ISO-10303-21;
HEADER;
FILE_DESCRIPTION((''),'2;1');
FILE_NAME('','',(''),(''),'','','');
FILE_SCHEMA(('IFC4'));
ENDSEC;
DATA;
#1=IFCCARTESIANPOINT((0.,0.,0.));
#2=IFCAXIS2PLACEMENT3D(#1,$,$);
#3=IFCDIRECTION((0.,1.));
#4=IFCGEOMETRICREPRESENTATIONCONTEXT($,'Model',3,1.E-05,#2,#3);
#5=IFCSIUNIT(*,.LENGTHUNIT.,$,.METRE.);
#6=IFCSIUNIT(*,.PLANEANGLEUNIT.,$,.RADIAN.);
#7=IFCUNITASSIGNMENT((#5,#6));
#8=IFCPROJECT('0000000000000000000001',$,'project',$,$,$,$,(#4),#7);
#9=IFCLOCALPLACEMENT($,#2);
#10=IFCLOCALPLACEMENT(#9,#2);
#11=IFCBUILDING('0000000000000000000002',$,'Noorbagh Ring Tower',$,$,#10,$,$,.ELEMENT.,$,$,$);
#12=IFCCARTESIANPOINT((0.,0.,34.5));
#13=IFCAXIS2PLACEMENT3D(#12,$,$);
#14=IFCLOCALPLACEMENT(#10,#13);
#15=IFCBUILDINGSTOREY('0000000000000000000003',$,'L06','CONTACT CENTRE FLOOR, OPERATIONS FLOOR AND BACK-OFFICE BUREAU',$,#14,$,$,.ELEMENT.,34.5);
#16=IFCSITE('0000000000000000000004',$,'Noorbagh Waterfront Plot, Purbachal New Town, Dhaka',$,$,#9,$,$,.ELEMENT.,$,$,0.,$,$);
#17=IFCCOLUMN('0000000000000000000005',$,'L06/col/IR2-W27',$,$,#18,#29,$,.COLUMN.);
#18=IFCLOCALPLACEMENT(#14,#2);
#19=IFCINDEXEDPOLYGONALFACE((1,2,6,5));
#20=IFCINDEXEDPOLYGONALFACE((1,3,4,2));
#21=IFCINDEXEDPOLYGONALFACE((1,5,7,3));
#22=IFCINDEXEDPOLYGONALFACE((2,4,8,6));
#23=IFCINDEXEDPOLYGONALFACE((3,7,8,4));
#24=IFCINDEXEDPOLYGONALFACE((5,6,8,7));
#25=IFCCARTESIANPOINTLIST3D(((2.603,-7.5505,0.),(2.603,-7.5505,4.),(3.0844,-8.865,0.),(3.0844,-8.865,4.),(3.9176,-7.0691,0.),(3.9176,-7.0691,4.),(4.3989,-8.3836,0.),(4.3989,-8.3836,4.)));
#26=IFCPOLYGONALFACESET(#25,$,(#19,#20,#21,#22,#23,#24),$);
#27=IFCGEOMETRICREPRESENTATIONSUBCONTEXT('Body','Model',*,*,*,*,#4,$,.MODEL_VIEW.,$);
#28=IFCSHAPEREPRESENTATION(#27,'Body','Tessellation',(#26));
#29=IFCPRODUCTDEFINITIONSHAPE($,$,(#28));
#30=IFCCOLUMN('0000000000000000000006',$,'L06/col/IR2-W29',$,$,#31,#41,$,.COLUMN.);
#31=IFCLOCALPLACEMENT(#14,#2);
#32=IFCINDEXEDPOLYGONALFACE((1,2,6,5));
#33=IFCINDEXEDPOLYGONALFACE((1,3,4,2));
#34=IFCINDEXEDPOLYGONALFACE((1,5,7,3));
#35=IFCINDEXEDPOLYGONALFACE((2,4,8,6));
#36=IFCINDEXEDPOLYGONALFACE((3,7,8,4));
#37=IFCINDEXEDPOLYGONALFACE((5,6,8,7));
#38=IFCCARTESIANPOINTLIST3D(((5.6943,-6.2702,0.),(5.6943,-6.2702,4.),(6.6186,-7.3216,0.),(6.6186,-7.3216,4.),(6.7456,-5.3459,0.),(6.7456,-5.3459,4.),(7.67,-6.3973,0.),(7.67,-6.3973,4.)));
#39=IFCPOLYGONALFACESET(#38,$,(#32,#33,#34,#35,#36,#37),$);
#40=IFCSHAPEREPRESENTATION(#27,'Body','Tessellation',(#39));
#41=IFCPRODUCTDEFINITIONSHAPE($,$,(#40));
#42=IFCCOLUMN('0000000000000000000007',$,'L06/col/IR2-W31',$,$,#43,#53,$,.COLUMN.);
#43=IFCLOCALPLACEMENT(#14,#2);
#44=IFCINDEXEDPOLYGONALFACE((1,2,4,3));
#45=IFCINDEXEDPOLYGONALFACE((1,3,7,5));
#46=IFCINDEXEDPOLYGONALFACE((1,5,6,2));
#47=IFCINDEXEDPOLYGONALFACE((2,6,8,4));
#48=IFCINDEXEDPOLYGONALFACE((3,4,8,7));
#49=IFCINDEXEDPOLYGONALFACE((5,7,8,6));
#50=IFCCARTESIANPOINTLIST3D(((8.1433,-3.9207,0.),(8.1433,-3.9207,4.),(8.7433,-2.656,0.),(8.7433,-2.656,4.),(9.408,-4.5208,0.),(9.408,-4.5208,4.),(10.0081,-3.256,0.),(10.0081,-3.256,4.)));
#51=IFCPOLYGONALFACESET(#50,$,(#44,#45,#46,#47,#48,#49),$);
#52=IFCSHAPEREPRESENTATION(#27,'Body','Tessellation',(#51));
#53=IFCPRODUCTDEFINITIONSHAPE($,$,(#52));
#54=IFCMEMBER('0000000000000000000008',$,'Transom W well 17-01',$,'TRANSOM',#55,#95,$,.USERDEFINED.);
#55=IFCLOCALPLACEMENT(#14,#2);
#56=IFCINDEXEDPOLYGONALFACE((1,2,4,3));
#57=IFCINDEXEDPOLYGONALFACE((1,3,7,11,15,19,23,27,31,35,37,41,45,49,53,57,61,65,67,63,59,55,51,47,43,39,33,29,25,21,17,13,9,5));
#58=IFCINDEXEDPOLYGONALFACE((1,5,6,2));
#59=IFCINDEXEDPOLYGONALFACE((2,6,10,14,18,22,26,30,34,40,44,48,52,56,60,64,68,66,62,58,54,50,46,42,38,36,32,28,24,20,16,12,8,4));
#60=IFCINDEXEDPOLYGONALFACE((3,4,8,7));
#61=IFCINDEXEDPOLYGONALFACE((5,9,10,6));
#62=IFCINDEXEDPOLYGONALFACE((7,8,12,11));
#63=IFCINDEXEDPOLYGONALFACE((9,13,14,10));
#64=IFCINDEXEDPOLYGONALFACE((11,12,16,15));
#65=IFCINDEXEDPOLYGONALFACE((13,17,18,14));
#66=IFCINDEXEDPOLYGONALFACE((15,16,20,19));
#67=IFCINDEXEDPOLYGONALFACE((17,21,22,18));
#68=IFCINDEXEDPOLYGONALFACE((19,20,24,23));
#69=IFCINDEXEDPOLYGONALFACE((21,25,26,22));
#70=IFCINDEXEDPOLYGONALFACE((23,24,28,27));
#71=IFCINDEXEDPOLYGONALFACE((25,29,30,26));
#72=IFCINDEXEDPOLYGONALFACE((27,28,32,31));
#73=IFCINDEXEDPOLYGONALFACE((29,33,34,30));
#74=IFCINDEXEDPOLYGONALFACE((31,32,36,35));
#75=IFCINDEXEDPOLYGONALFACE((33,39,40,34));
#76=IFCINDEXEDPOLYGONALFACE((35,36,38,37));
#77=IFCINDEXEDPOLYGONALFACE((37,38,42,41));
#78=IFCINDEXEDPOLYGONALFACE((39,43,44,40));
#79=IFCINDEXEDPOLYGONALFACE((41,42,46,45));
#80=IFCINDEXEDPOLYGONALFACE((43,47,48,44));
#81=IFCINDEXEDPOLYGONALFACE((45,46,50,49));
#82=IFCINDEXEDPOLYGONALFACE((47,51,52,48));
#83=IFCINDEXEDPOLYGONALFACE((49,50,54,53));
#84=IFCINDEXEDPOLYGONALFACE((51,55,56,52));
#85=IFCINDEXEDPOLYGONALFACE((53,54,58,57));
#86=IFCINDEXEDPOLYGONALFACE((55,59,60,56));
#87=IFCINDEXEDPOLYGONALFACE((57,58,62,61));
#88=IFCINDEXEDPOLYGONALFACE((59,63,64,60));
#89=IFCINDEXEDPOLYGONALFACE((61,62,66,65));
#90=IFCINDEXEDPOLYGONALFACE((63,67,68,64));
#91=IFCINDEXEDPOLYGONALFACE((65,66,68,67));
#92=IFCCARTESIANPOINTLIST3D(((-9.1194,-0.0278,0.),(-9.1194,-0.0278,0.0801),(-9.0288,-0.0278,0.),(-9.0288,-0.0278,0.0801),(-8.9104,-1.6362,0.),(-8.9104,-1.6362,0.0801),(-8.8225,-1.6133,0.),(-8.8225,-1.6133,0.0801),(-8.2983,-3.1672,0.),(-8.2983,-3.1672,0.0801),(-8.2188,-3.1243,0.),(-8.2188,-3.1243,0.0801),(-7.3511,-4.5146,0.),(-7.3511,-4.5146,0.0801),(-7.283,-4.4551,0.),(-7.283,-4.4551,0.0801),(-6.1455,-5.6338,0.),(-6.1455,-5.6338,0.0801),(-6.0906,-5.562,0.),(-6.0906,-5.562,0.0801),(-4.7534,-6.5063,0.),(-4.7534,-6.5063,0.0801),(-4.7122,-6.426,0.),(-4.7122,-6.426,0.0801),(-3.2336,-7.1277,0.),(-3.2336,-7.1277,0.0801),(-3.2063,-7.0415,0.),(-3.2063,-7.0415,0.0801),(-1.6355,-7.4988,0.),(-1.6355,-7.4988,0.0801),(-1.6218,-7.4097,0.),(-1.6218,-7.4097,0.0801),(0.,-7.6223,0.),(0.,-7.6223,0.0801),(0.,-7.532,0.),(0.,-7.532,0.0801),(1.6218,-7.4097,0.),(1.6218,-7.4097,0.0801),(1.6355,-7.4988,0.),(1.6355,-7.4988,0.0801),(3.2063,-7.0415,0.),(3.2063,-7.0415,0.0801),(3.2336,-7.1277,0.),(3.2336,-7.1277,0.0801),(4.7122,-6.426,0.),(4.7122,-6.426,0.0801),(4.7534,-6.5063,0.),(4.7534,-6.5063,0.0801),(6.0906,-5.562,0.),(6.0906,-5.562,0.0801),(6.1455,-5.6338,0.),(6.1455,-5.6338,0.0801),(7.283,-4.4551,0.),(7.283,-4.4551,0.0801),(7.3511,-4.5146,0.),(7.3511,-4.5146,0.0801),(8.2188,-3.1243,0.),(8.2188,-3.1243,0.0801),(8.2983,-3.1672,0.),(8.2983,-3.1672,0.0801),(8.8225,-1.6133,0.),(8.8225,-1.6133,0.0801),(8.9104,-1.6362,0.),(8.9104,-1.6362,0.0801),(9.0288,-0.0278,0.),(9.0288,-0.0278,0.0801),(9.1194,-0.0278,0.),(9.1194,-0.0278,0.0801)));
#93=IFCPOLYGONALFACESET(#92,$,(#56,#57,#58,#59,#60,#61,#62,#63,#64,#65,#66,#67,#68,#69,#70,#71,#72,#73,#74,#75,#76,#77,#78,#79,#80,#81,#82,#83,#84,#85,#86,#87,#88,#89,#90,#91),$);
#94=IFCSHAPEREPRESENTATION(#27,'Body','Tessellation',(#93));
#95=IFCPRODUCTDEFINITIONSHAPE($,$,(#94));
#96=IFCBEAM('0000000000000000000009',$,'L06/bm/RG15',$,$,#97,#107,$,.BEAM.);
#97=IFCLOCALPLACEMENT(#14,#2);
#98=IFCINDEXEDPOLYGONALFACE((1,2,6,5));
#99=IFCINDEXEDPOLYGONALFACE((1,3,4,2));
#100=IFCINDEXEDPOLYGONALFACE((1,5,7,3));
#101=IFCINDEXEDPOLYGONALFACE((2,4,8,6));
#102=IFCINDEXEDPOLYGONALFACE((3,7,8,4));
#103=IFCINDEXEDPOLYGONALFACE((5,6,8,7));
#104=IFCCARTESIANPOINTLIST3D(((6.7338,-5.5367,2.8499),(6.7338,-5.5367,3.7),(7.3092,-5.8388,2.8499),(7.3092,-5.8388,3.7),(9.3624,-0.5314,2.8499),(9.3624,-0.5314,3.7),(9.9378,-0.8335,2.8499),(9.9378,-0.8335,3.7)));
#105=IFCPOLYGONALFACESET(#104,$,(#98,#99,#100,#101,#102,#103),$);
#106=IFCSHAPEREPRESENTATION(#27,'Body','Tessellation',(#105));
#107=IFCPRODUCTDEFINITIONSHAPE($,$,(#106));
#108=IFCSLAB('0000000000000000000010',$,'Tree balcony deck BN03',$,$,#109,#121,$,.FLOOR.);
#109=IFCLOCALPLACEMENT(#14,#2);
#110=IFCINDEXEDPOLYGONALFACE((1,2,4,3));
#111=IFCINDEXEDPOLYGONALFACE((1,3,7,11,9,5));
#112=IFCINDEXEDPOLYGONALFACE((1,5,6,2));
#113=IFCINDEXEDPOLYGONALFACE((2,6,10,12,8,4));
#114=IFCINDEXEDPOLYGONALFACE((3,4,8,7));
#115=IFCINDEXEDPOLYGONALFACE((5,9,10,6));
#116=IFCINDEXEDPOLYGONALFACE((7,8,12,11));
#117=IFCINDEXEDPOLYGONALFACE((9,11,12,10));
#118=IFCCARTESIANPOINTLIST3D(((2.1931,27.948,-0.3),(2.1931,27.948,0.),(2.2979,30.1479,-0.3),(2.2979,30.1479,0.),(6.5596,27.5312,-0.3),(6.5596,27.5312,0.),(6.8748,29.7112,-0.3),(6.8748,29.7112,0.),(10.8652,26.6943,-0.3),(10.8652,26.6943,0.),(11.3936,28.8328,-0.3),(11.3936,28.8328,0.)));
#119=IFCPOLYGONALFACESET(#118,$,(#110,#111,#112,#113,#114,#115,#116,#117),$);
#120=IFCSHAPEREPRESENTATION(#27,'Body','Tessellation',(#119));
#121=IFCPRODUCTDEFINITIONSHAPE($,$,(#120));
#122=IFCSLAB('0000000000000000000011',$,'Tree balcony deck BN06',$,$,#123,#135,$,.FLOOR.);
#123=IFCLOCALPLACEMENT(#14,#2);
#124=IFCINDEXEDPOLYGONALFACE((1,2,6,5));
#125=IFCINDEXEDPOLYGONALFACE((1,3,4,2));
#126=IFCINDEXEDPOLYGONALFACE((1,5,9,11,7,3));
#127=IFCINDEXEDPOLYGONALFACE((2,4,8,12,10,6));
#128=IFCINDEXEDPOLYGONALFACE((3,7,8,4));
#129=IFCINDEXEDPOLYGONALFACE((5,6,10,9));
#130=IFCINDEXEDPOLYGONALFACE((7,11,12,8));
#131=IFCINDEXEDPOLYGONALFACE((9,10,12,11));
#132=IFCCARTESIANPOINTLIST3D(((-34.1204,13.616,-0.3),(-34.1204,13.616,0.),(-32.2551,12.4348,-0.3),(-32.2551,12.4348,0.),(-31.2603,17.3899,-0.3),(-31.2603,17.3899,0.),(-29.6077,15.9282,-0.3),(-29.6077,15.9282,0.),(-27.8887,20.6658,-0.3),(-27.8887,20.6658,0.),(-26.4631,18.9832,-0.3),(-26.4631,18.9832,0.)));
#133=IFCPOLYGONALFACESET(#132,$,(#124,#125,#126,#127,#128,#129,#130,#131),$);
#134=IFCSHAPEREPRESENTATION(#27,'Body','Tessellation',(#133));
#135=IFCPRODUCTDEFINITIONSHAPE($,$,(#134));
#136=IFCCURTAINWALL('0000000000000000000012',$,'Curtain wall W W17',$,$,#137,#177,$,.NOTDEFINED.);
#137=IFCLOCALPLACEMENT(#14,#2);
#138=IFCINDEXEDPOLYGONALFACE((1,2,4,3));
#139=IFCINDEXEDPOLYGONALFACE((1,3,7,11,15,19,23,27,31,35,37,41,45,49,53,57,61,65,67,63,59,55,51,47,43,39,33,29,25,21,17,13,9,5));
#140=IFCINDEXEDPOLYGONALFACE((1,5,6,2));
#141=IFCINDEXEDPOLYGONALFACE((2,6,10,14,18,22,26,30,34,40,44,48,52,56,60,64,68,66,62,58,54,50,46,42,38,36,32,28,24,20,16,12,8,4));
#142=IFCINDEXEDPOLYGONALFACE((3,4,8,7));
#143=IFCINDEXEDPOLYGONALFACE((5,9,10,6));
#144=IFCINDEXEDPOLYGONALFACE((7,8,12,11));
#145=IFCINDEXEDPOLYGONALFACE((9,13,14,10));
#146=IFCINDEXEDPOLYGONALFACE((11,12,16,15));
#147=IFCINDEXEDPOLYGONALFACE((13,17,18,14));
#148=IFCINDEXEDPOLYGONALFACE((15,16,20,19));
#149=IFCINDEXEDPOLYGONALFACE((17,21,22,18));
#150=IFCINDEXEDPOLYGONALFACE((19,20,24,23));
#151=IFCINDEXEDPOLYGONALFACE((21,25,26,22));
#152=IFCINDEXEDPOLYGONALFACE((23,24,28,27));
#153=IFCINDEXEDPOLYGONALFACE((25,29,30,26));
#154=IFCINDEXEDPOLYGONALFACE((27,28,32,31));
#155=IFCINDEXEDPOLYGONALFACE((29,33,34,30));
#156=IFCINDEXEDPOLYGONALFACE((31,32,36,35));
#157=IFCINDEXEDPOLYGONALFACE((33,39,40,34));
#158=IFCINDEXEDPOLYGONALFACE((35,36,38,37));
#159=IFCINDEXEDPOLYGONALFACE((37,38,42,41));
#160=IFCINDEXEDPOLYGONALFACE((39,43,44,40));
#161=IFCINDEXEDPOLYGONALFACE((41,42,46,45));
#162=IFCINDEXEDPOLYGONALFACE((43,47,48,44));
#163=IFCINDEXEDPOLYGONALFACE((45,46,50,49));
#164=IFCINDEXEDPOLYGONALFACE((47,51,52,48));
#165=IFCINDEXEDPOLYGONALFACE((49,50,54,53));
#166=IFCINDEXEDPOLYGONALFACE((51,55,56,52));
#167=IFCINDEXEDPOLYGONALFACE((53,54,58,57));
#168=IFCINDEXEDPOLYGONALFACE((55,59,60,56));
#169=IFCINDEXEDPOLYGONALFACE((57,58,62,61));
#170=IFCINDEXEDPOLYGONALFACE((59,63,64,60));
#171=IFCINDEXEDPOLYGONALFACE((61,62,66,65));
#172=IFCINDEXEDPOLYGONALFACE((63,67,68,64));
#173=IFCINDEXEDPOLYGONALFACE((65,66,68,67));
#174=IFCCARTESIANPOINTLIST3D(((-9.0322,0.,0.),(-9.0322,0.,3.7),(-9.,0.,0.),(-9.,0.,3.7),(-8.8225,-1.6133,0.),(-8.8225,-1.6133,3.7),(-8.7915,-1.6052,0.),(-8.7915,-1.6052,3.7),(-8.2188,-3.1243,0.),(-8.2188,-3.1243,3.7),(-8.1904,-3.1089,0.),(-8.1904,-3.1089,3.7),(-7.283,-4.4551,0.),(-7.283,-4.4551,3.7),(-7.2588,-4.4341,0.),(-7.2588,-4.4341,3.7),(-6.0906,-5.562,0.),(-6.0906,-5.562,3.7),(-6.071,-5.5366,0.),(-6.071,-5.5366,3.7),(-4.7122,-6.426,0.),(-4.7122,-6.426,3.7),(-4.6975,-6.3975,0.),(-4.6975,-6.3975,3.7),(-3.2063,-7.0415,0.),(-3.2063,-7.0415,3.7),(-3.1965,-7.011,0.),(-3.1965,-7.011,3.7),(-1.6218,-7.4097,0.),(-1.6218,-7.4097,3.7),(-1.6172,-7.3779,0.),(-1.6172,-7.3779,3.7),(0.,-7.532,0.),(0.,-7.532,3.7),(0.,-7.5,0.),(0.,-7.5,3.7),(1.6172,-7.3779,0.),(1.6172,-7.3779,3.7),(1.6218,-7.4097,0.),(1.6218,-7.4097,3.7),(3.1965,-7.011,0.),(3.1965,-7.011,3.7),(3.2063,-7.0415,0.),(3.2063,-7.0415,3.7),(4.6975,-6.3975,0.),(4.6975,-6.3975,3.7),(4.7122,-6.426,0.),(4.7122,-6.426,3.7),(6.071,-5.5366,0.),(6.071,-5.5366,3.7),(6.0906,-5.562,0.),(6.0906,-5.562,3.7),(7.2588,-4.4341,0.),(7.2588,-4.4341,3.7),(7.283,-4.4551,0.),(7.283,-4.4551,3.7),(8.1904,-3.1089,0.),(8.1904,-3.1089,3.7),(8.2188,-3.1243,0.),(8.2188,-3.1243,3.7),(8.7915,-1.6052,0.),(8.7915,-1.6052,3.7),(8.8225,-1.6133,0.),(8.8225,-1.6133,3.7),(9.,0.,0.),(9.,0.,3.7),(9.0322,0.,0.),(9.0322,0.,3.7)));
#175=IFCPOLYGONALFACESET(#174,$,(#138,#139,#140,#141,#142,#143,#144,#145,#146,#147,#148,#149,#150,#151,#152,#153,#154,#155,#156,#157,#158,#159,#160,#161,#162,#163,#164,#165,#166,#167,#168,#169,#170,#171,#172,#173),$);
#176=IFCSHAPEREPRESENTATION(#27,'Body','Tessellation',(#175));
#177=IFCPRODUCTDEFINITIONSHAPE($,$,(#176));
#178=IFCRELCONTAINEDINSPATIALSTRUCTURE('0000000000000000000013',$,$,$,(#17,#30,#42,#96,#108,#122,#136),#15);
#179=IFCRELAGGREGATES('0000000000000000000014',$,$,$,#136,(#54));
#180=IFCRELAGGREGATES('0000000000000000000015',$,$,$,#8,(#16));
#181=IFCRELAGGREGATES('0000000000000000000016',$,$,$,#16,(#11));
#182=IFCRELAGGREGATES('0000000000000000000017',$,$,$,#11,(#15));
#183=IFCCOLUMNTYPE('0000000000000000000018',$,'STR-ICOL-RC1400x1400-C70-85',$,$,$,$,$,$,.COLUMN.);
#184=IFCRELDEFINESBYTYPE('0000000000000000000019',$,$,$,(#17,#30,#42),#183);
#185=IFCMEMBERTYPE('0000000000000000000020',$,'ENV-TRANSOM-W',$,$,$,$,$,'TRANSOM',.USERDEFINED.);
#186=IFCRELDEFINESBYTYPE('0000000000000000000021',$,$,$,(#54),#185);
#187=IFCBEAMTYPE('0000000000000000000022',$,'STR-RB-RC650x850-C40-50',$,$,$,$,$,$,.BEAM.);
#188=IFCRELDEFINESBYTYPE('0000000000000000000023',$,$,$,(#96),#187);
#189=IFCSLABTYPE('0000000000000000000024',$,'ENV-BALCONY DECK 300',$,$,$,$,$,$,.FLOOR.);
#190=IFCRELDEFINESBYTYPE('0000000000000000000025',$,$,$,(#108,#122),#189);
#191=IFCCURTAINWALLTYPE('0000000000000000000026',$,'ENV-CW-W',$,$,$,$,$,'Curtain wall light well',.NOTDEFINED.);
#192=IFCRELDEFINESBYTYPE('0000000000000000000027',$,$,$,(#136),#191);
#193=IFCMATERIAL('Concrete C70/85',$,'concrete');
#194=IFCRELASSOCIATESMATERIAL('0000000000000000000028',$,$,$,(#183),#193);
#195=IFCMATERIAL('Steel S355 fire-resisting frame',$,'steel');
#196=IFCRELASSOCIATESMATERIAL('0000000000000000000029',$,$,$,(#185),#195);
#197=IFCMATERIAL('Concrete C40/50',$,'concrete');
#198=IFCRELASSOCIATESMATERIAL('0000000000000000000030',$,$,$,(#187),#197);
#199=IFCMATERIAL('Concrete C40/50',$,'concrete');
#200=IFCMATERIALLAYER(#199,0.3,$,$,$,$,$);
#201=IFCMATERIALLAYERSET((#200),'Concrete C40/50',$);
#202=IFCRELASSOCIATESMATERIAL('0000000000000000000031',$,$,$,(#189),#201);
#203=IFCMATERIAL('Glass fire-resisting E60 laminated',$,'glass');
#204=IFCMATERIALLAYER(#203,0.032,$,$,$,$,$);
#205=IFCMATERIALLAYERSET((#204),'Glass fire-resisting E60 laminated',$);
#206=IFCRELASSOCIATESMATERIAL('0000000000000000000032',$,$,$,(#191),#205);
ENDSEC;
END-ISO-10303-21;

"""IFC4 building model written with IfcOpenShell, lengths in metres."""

from ifc_helpers import new_model, si_unit, direction, frame, origin, origin_2d, place, context, subcontext, project, spatial, polyline, rectangle, outline, extrude, material, layer, layer_set, material_profile, profile_set, type_object, element, aggregate, save


model = new_model("IFC4")

# Units and contexts
model_context = context("Model", 3, precision=1e-05, world=origin(), true_north=direction((0.0, 1.0)))
body_context = subcontext(model_context, "Body", "Model", "MODEL_VIEW")
ifc_project = project(units=[si_unit("LENGTHUNIT", "METRE"), si_unit("PLANEANGLEUNIT", "RADIAN")], contexts=[model_context])

# Site, building, storey
site_placement = place(None, origin())
site = spatial("IfcSite", under=ifc_project, at=site_placement, Name="Noorbagh Waterfront Plot, Purbachal New Town, Dhaka", CompositionType="ELEMENT", RefElevation=0.0)
building_placement = place(site_placement, origin())
building = spatial("IfcBuilding", under=site, at=building_placement, Name="Noorbagh Ring Tower", CompositionType="ELEMENT")
storey_placement = place(building_placement, frame((0.0, 0.0, 34.5)))
storey = spatial("IfcBuildingStorey", under=building, at=storey_placement, Name="L06", Description="CONTACT CENTRE FLOOR, OPERATIONS FLOOR AND BACK-OFFICE BUREAU", CompositionType="ELEMENT", Elevation=34.5)

# Columns
ifc_material_1 = material(Name="Concrete C70/85", Category="concrete")
ifc_material_profile_1 = material_profile(ifc_material_1, rectangle(XDim=1.3999, YDim=1.3999, at=origin_2d()), Name="RC1400x1400")
ifc_profile_set_1 = profile_set([ifc_material_profile_1], Name="Concrete C70/85")
column_type = type_object("IfcColumnType", Name="STR-ICOL-RC1400x1400-C70-85", PredefinedType="COLUMN", material=ifc_profile_set_1)
for number, where, z_axis, x_axis, name in (
    (1, (3.501, -7.967, 0.0), (0.0, 0.0, 1.0), (0.93902, 0.343864, 0.0), "L06/col/IR2-W27"),
    (2, (6.6821, -6.3337, 0.0), (0.0, 0.0, 1.0), (0.751022, 0.660277, 0.0), "L06/col/IR2-W29"),
    (3, (9.0757, -3.5884, 0.0), (0.0, 0.0, 1.0), (0.428667, 0.903463, 0.0), "L06/col/IR2-W31"),
):
    element("IfcColumn", number, at=place(storey_placement, frame(where, z_axis=z_axis, x_axis=x_axis)), inside=storey, type_object=column_type, Name=name, PredefinedType="COLUMN", context=body_context, shape_type="SweptSolid", body=[
        extrude(rectangle(XDim=1.3999, YDim=1.3999, at=origin_2d()), origin(), (0.0, 0.0, 1.0), 4.0),
    ])

# Member
ifc_material_2 = material(Name="Steel S355 fire-resisting frame", Category="steel")
member_type = type_object("IfcMemberType", Name="ENV-TRANSOM-W", ElementType="TRANSOM", PredefinedType="USERDEFINED", material=ifc_material_2)
member_placement = place(storey_placement, origin())
member = element("IfcMember", 4, at=member_placement, type_object=member_type, Name="Transom W well 17-01", ObjectType="TRANSOM", PredefinedType="USERDEFINED", context=body_context, shape_type="SweptSolid", body=[
    extrude(outline(polyline([(-9.1194, -0.0278), (-8.9104, -1.6362), (-8.2983, -3.1672), (-7.3511, -4.5146), (-6.1455, -5.6338), (-4.7534, -6.5063), (-3.2336, -7.1277), (-1.6355, -7.4988), (0.0, -7.6223), (1.6355, -7.4988), (3.2336, -7.1277), (4.7534, -6.5063), (6.1455, -5.6338), (7.3511, -4.5146), (8.2983, -3.1672), (8.9104, -1.6362), (9.1194, -0.0278), (9.0288, -0.0278), (8.8225, -1.6133), (8.2188, -3.1243), (7.283, -4.4551), (6.0906, -5.562), (4.7122, -6.426), (3.2063, -7.0415), (1.6218, -7.4097), (0.0, -7.532), (-1.6218, -7.4097), (-3.2063, -7.0415), (-4.7122, -6.426), (-6.0906, -5.562), (-7.283, -4.4551), (-8.2188, -3.1243), (-8.8225, -1.6133), (-9.0288, -0.0278), (-9.1194, -0.0278)])), origin(), (0.0, 0.0, 1.0), 0.0801),
])

# Beam
ifc_material_3 = material(Name="Concrete C40/50", Category="concrete")
ifc_material_profile_2 = material_profile(ifc_material_3, rectangle(XDim=0.6499, YDim=0.8501, at=origin_2d()), Name="RC650x850")
ifc_profile_set_2 = profile_set([ifc_material_profile_2], Name="Concrete C40/50")
beam_type = type_object("IfcBeamType", Name="STR-RB-RC650x850-C40-50", PredefinedType="BEAM", material=ifc_profile_set_2)
beam_placement = place(storey_placement, frame((7.0215, -5.6877, 3.2749), z_axis=(0.464951, 0.885337, 0.0), x_axis=(-0.885337, 0.464951, 0.0)))
element("IfcBeam", 5, at=beam_placement, inside=storey, type_object=beam_type, Name="L06/bm/RG15", PredefinedType="BEAM", context=body_context, shape_type="SweptSolid", body=[
    extrude(rectangle(XDim=0.6499, YDim=0.8501, at=origin_2d()), origin(), (0.0, 0.0, 1.0), 5.6536),
])

# Slabs
ifc_material_4 = material(Name="Concrete C40/50", Category="concrete")
ifc_layer_1 = layer(ifc_material_4, 0.3)
ifc_layer_set_1 = layer_set([ifc_layer_1], Name="Concrete C40/50")
slab_type_1 = type_object("IfcSlabType", Name="ENV-BALCONY DECK 300", PredefinedType="FLOOR", material=ifc_layer_set_1)
slab_1_placement = place(storey_placement, frame((0.0, 0.0, -0.3)))
element("IfcSlab", 6, at=slab_1_placement, inside=storey, type_object=slab_type_1, Name="Tree balcony deck BN03", PredefinedType="FLOOR", context=body_context, shape_type="SweptSolid", body=[
    extrude(outline(polyline([(11.3936, 28.8328), (6.8748, 29.7112), (2.2979, 30.1479), (2.1931, 27.948), (6.5596, 27.5312), (10.8652, 26.6943), (11.3936, 28.8328)])), origin(), (0.0, 0.0, 1.0), 0.3),
])
slab_2_placement = place(storey_placement, frame((0.0, 0.0, -0.3)))
element("IfcSlab", 7, at=slab_2_placement, inside=storey, type_object=slab_type_1, Name="Tree balcony deck BN06", PredefinedType="FLOOR", context=body_context, shape_type="SweptSolid", body=[
    extrude(outline(polyline([(-27.8887, 20.6658), (-31.2603, 17.3899), (-34.1204, 13.616), (-32.2551, 12.4348), (-29.6077, 15.9282), (-26.4631, 18.9832), (-27.8887, 20.6658)])), origin(), (0.0, 0.0, 1.0), 0.3),
])

# Curtain wall
ifc_material_5 = material(Name="Glass fire-resisting E60 laminated", Category="glass")
ifc_layer_2 = layer(ifc_material_5, 0.032)
ifc_layer_set_2 = layer_set([ifc_layer_2], Name="Glass fire-resisting E60 laminated")
curtain_wall_type = type_object("IfcCurtainWallType", Name="ENV-CW-W", ElementType="Curtain wall light well", PredefinedType="NOTDEFINED", material=ifc_layer_set_2)
curtain_wall_placement = place(storey_placement, origin())
curtain_wall = element("IfcCurtainWall", 8, at=curtain_wall_placement, inside=storey, type_object=curtain_wall_type, Name="Curtain wall W W17", PredefinedType="NOTDEFINED", context=body_context, shape_type="SweptSolid", body=[
    extrude(outline(polyline([(-9.0322, 0.0), (-8.8225, -1.6133), (-8.2188, -3.1243), (-7.283, -4.4551), (-6.0906, -5.562), (-4.7122, -6.426), (-3.2063, -7.0415), (-1.6218, -7.4097), (0.0, -7.532), (1.6218, -7.4097), (3.2063, -7.0415), (4.7122, -6.426), (6.0906, -5.562), (7.283, -4.4551), (8.2188, -3.1243), (8.8225, -1.6133), (9.0322, 0.0), (9.0, 0.0), (8.7915, -1.6052), (8.1904, -3.1089), (7.2588, -4.4341), (6.071, -5.5366), (4.6975, -6.3975), (3.1965, -7.011), (1.6172, -7.3779), (0.0, -7.5), (-1.6172, -7.3779), (-3.1965, -7.011), (-4.6975, -6.3975), (-6.071, -5.5366), (-7.2588, -4.4341), (-8.1904, -3.1089), (-8.7915, -1.6052), (-9.0, 0.0), (-9.0322, 0.0)])), origin(), (0.0, 0.0, 1.0), 3.7),
])
aggregate(curtain_wall, [member])

save(model, "model.ifc")
